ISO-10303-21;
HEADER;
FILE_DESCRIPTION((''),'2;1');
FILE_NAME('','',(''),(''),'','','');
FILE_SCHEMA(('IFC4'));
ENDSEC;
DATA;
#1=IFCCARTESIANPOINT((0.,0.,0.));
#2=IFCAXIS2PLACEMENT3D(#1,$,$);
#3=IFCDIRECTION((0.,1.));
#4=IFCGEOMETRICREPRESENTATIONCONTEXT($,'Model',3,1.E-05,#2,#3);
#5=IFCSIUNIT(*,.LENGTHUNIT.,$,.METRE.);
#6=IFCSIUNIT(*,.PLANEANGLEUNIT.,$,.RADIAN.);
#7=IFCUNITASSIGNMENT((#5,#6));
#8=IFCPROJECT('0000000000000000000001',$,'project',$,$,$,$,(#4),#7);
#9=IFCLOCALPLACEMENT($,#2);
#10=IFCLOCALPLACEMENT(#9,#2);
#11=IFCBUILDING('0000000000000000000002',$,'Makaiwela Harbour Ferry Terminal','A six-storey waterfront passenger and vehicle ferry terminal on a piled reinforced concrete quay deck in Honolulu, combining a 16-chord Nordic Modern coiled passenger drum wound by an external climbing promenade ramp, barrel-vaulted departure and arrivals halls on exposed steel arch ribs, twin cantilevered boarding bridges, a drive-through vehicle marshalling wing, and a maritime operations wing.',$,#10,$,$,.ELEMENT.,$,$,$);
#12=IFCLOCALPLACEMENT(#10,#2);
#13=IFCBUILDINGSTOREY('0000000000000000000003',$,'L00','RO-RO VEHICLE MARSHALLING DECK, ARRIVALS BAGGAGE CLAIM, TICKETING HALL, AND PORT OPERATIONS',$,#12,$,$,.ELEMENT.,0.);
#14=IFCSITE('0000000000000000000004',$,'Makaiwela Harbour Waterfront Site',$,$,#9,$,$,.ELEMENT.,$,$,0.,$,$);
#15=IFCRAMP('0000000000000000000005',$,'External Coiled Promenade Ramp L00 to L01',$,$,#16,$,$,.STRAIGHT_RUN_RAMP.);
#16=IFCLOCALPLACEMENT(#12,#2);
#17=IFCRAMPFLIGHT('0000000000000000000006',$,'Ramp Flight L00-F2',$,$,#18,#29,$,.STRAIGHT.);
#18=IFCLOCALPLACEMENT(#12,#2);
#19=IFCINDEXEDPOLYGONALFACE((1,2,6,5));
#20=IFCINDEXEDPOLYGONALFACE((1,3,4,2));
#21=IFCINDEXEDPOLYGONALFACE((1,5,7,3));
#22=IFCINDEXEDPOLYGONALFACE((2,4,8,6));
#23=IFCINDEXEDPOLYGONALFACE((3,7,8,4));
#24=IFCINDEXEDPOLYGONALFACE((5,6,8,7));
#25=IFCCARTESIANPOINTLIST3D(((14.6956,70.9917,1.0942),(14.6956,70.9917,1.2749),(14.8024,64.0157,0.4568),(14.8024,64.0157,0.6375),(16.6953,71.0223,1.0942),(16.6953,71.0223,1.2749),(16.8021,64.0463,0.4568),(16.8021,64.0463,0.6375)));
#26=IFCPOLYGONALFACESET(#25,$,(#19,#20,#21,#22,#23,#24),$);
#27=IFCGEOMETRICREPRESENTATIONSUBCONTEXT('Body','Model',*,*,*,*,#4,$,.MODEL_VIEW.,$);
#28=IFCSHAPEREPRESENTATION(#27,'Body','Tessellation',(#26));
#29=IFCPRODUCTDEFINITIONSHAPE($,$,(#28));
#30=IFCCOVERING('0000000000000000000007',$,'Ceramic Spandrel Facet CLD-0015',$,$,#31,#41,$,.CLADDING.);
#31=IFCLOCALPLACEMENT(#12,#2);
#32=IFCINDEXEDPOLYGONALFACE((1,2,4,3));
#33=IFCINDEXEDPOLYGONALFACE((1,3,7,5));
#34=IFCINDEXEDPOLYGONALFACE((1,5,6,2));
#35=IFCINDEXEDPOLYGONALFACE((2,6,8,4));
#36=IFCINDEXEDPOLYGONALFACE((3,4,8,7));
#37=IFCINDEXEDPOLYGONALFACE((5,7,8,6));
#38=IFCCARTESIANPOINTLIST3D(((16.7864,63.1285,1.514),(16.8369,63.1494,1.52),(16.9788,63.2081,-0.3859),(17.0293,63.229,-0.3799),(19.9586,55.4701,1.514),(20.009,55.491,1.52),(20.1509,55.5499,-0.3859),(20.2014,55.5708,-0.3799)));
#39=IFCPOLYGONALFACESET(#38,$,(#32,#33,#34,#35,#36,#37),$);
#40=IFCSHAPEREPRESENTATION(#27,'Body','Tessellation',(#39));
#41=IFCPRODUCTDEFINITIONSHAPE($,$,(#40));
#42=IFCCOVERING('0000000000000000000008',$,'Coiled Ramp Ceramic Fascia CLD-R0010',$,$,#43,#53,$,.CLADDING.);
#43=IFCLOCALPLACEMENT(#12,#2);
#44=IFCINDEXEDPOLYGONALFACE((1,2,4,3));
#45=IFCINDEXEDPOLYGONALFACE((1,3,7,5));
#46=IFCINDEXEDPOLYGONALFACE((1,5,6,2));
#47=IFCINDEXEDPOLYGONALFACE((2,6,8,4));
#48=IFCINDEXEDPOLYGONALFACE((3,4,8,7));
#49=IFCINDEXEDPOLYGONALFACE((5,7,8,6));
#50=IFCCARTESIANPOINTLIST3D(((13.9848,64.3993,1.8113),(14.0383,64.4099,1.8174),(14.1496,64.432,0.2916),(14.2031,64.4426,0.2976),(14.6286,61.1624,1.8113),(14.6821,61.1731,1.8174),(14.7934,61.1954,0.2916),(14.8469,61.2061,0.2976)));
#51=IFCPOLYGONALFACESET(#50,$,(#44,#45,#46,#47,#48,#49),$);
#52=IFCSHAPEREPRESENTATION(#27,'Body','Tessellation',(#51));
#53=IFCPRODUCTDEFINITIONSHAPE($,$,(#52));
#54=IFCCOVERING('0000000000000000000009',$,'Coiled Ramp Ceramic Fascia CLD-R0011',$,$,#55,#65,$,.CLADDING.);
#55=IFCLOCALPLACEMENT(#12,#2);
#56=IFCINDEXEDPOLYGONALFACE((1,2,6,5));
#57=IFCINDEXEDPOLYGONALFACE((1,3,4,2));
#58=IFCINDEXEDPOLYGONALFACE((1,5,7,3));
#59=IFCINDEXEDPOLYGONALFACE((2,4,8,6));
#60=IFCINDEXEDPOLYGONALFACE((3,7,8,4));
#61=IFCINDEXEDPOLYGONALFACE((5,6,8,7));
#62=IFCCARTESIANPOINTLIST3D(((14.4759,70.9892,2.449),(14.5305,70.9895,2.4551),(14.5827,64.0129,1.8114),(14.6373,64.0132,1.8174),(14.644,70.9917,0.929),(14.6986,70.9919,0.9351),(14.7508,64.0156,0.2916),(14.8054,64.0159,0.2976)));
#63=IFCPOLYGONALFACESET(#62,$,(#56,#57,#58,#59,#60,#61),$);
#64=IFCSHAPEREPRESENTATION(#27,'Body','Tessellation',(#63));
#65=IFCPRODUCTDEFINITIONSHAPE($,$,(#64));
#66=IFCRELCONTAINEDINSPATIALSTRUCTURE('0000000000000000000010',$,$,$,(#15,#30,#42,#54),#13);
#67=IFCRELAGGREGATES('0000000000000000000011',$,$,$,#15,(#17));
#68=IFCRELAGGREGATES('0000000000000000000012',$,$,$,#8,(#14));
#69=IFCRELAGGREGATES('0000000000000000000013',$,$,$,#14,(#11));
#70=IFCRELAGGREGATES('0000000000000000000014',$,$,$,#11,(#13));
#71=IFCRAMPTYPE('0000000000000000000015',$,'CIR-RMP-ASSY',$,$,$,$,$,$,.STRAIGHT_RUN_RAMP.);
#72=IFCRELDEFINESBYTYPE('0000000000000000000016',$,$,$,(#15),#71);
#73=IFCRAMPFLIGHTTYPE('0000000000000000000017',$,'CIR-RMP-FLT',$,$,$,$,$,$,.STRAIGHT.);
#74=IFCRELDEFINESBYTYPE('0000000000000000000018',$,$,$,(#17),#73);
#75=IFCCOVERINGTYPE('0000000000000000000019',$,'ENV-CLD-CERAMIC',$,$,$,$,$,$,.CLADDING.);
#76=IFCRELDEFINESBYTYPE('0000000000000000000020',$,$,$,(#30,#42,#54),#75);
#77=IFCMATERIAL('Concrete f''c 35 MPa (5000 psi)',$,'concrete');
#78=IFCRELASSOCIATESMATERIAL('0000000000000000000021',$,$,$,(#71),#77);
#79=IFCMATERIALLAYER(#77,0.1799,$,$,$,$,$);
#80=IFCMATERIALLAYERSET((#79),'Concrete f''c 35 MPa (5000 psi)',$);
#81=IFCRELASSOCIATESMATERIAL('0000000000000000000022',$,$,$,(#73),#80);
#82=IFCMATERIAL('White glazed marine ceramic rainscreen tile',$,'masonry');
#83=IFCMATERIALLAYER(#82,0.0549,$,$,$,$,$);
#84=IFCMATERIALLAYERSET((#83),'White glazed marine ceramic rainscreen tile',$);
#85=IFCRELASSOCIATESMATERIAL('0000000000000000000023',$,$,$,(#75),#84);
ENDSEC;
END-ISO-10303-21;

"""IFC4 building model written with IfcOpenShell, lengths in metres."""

from ifc_helpers import new_model, si_unit, direction, frame, origin, place, context, subcontext, project, spatial, polyline, outline, extrude, material, layer, layer_set, type_object, element, aggregate, save


model = new_model("IFC4")

# Units and contexts
model_context = context("Model", 3, precision=1e-05, world=origin(), true_north=direction((0.0, 1.0)))
body_context = subcontext(model_context, "Body", "Model", "MODEL_VIEW")
ifc_project = project(units=[si_unit("LENGTHUNIT", "METRE"), si_unit("PLANEANGLEUNIT", "RADIAN")], contexts=[model_context])

# Site, building, storey
site_placement = place(None, origin())
site = spatial("IfcSite", under=ifc_project, at=site_placement, Name="Makaiwela Harbour Waterfront Site", CompositionType="ELEMENT", RefElevation=0.0)
building_placement = place(site_placement, origin())
building = spatial("IfcBuilding", under=site, at=building_placement, Name="Makaiwela Harbour Ferry Terminal", Description="A six-storey waterfront passenger and vehicle ferry terminal on a piled reinforced concrete quay deck in Honolulu, combining a 16-chord Nordic Modern coiled passenger drum wound by an external climbing promenade ramp, barrel-vaulted departure and arrivals halls on exposed steel arch ribs, twin cantilevered boarding bridges, a drive-through vehicle marshalling wing, and a maritime operations wing.", CompositionType="ELEMENT")
storey_placement = place(building_placement, origin())
storey = spatial("IfcBuildingStorey", under=building, at=storey_placement, Name="L00", Description="RO-RO VEHICLE MARSHALLING DECK, ARRIVALS BAGGAGE CLAIM, TICKETING HALL, AND PORT OPERATIONS", CompositionType="ELEMENT", Elevation=0.0)

# Ramp, ramp flight
ifc_material_1 = material(Name="Concrete f'c 35 MPa (5000 psi)", Category="concrete")
ramp_type = type_object("IfcRampType", Name="CIR-RMP-ASSY", PredefinedType="STRAIGHT_RUN_RAMP", material=ifc_material_1)
ramp_placement = place(storey_placement, origin())
ramp = element("IfcRamp", 1, at=ramp_placement, inside=storey, type_object=ramp_type, Name="External Coiled Promenade Ramp L00 to L01", PredefinedType="STRAIGHT_RUN_RAMP")
ifc_layer_1 = layer(ifc_material_1, 0.1799)
ifc_layer_set_1 = layer_set([ifc_layer_1], Name="Concrete f'c 35 MPa (5000 psi)")
ramp_flight_type = type_object("IfcRampFlightType", Name="CIR-RMP-FLT", PredefinedType="STRAIGHT", material=ifc_layer_set_1)
ramp_flight_placement = place(storey_placement, frame((15.8022, 64.031, 0.6375), z_axis=(0.0, 0.0, 1.0), x_axis=(-0.015306, 0.999883, 0.0)))
ramp_flight = element("IfcRampFlight", 2, at=ramp_flight_placement, type_object=ramp_flight_type, Name="Ramp Flight L00-F2", PredefinedType="STRAIGHT", context=body_context, shape_type="SweptSolid", body=[
    extrude(outline(polyline([(0.0, 0.0), (6.9768, 0.6375), (6.9768, 0.4568), (0.0, -0.1807), (0.0, 0.0)])), frame((0.0, 1.0, 0.0), z_axis=(0.0, -1.0, 0.0), x_axis=(1.0, 0.0, 0.0)), (0.0, 0.0, 1.0), 2.0),
])
aggregate(ramp, [ramp_flight])

# Coverings
ifc_material_2 = material(Name="White glazed marine ceramic rainscreen tile", Category="masonry")
ifc_layer_2 = layer(ifc_material_2, 0.0549)
ifc_layer_set_2 = layer_set([ifc_layer_2], Name="White glazed marine ceramic rainscreen tile")
covering_type = type_object("IfcCoveringType", Name="ENV-CLD-CERAMIC", PredefinedType="CLADDING", material=ifc_layer_set_2)
covering_1_placement = place(storey_placement, frame((17.0293, 63.229, -0.3799), z_axis=(0.918382, 0.380399, 0.108955), x_axis=(0.382677, -0.923882, -0.000001)))
element("IfcCovering", 3, at=covering_1_placement, inside=storey, type_object=covering_type, Name="Ceramic Spandrel Facet CLD-0015", PredefinedType="CLADDING", context=body_context, shape_type="SweptSolid", body=[
    extrude(outline(polyline([(0.0, 0.0), (8.2892, 0.0), (8.2893, -1.9113), (-0.0001, -1.9113), (0.0, 0.0)])), origin(), (0.0, 0.0, -1.0), 0.0549),
])
covering_2_placement = place(storey_placement, frame((14.2031, 64.4426, 0.2976), z_axis=(0.974846, 0.193903, 0.109896), x_axis=(0.195085, -0.980786, -0.000001)))
element("IfcCovering", 4, at=covering_2_placement, inside=storey, type_object=covering_type, Name="Coiled Ramp Ceramic Fascia CLD-R0010", PredefinedType="CLADDING", context=body_context, shape_type="SweptSolid", body=[
    extrude(outline(polyline([(0.0, 0.0), (3.3, 0.0), (3.3002, -1.529), (-0.0001, -1.529), (0.0, 0.0)])), origin(), (0.0, 0.0, -1.0), 0.0549),
])
covering_3_placement = place(storey_placement, frame((14.8054, 64.0159, 0.2976), z_axis=(0.993926, 0.005171, 0.10993), x_axis=(-0.015244, 0.995735, 0.090989)))
element("IfcCovering", 5, at=covering_3_placement, inside=storey, type_object=covering_type, Name="Coiled Ramp Ceramic Fascia CLD-R0011", PredefinedType="CLADDING", context=body_context, shape_type="SweptSolid", body=[
    extrude(outline(polyline([(0.0, 0.0), (7.006, 0.0), (7.1444, 1.523), (0.1382, 1.5228), (0.0, 0.0)])), origin(), (0.0, 0.0, -1.0), 0.0549),
])

save(model, "model.ifc")
